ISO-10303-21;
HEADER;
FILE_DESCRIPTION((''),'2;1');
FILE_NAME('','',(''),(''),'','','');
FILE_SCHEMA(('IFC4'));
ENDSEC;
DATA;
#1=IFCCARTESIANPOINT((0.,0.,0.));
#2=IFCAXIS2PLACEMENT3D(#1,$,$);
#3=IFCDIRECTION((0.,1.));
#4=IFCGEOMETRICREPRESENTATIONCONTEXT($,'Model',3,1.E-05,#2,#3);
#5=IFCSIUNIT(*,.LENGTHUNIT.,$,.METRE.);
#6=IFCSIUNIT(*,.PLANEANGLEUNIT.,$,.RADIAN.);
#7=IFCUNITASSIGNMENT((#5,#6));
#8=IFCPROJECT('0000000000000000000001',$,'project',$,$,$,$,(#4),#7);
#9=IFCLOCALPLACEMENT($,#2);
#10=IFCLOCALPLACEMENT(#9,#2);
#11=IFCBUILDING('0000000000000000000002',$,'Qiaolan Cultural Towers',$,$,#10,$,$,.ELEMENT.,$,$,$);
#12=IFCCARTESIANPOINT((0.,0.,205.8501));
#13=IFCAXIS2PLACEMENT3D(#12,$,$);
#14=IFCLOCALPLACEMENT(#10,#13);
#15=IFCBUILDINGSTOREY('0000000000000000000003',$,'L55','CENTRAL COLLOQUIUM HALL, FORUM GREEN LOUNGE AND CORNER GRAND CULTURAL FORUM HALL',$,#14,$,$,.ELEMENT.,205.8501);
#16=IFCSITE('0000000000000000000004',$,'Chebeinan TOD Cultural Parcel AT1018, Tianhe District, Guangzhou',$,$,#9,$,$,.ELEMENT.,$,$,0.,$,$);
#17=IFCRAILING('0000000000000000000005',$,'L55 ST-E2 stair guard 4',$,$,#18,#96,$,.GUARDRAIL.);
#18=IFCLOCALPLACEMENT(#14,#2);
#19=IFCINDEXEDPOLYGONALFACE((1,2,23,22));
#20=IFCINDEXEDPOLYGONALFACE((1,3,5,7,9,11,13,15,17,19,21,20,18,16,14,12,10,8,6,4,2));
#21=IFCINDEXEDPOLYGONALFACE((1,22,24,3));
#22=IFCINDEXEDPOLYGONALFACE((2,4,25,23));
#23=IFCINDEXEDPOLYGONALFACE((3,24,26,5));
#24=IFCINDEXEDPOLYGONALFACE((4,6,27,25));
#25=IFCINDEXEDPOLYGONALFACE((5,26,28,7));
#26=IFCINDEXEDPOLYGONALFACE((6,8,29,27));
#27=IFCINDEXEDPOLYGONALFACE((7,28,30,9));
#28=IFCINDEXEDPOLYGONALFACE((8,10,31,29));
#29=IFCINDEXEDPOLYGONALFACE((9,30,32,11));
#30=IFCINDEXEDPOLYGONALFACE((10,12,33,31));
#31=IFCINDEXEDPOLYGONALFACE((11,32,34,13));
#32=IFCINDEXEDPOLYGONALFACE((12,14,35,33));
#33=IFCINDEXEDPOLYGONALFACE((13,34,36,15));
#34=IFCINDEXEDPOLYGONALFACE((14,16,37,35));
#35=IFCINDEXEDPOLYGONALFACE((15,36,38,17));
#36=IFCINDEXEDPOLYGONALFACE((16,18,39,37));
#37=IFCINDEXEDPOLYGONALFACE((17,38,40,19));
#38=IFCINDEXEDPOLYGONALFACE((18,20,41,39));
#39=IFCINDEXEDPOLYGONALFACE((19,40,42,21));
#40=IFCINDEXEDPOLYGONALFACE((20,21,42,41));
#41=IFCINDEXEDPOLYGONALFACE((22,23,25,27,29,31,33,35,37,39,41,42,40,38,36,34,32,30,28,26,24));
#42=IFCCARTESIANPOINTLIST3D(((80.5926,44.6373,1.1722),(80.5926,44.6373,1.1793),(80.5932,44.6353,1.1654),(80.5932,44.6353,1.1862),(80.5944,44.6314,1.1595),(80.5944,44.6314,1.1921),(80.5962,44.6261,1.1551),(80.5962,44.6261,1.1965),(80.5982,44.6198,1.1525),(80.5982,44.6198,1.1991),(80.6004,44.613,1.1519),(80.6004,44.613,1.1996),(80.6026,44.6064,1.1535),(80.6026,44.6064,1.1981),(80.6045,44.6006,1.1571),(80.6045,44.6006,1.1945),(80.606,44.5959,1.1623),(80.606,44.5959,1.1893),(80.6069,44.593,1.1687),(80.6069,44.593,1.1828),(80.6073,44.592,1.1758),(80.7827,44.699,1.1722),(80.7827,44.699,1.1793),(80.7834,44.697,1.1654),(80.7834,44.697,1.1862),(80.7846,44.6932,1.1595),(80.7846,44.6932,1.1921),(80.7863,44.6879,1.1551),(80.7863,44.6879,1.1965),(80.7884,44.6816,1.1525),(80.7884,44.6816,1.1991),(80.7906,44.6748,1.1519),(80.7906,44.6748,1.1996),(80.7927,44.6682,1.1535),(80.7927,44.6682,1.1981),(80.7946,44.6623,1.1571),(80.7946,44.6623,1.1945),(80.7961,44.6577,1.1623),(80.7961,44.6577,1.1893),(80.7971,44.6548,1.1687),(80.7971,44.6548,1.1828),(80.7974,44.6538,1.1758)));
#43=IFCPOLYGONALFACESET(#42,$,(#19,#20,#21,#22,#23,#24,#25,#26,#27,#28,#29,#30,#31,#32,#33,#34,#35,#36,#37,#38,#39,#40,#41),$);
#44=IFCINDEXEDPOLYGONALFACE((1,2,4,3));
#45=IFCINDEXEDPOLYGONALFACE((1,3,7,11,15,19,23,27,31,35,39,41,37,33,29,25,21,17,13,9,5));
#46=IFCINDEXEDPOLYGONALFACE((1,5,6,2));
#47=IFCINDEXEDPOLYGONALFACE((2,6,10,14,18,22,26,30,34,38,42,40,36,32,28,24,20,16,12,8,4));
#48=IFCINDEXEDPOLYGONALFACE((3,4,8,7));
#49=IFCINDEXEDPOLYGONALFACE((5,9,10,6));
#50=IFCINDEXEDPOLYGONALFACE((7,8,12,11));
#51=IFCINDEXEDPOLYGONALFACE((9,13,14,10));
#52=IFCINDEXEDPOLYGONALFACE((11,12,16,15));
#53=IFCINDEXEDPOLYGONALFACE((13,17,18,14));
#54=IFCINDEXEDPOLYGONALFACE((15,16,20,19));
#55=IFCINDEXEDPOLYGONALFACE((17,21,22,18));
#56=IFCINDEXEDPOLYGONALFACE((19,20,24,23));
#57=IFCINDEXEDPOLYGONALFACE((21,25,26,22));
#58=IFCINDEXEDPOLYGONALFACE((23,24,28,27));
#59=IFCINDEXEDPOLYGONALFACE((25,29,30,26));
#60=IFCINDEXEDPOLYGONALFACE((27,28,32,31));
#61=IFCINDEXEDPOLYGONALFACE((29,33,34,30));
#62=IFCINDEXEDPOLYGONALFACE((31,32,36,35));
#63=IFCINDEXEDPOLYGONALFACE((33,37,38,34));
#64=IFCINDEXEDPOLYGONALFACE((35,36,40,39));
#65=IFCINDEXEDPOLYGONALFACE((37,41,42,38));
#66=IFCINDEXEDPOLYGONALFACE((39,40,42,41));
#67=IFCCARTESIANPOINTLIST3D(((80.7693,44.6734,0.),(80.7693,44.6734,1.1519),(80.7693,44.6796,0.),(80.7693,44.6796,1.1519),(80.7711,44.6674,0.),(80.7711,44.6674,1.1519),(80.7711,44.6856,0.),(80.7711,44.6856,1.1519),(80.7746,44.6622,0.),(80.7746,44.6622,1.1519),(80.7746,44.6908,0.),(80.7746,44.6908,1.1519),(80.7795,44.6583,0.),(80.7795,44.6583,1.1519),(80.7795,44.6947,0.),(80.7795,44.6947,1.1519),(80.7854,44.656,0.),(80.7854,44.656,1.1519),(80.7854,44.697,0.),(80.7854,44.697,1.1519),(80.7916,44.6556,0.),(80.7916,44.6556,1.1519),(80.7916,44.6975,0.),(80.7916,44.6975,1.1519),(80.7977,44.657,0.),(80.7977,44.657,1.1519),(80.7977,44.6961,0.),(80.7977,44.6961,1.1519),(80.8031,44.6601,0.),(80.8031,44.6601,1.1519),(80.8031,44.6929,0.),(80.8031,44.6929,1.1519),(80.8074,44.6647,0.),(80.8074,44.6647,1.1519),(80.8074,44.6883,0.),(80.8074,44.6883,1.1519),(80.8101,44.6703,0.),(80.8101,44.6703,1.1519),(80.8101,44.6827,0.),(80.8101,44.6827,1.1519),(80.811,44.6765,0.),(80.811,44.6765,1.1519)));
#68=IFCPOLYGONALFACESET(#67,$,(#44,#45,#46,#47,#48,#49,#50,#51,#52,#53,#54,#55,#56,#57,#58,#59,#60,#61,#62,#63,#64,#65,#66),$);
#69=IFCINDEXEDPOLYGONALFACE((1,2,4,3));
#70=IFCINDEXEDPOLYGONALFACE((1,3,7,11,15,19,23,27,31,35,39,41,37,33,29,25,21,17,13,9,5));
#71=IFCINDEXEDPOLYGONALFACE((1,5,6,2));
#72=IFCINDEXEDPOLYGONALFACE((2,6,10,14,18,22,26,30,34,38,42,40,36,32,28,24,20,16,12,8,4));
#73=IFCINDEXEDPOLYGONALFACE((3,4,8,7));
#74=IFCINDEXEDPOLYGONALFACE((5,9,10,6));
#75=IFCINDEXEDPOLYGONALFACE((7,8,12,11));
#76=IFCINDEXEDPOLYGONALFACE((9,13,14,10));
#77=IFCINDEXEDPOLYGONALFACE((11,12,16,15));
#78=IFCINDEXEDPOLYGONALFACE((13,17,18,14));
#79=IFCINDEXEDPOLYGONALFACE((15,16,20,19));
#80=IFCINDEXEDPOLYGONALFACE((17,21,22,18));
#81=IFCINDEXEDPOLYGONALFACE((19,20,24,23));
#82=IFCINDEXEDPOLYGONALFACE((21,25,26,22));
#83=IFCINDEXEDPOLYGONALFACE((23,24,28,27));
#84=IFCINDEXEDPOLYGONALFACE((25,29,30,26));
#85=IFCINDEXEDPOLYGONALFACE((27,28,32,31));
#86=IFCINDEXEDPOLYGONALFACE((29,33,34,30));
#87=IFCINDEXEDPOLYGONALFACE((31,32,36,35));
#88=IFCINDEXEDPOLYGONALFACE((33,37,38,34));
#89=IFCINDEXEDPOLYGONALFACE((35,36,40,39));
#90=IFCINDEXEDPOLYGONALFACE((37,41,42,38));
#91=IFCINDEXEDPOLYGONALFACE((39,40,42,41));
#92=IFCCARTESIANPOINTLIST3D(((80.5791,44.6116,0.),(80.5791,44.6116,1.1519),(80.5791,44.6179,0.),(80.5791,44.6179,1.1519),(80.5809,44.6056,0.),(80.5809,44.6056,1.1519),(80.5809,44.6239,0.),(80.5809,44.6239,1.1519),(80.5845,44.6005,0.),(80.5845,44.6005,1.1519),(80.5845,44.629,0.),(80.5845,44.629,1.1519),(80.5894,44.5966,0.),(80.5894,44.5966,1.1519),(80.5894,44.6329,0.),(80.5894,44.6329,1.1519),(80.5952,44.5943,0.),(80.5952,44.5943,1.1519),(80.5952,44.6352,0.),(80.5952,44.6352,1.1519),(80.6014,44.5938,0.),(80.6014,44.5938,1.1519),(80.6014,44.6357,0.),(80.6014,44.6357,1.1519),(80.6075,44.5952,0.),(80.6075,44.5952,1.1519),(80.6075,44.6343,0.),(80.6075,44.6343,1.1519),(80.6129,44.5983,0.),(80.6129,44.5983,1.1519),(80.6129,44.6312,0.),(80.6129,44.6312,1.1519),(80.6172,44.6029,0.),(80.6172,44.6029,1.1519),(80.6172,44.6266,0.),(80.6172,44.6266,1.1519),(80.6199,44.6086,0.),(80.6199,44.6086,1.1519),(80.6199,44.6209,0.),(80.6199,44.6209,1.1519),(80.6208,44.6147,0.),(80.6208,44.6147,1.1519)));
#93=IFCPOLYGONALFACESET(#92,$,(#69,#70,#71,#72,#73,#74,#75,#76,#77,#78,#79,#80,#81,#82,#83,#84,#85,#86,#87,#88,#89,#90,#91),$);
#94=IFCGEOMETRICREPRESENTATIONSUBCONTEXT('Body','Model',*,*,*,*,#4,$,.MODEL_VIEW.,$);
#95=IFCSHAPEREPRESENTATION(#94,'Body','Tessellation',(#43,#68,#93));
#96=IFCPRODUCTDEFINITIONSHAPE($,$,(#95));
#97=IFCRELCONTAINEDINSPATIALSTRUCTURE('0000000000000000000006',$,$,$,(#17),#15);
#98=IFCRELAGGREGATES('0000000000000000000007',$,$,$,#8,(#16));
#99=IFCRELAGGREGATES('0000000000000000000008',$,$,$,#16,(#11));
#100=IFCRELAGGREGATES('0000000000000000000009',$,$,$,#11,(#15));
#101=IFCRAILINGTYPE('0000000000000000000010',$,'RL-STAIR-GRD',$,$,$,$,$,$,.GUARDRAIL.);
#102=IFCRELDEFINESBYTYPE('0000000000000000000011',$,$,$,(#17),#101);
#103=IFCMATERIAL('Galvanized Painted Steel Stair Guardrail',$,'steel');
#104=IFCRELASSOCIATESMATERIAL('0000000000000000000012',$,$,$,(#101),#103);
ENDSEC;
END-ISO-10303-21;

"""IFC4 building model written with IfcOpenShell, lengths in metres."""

from ifc_helpers import new_model, si_unit, direction, frame, origin, origin_2d, place, context, subcontext, project, spatial, circle, extrude, material, type_object, element, save


model = new_model("IFC4")

# Units and contexts
model_context = context("Model", 3, precision=1e-05, world=origin(), true_north=direction((0.0, 1.0)))
body_context = subcontext(model_context, "Body", "Model", "MODEL_VIEW")
ifc_project = project(units=[si_unit("LENGTHUNIT", "METRE"), si_unit("PLANEANGLEUNIT", "RADIAN")], contexts=[model_context])

# Site, building, storey
site_placement = place(None, origin())
site = spatial("IfcSite", under=ifc_project, at=site_placement, Name="Chebeinan TOD Cultural Parcel AT1018, Tianhe District, Guangzhou", CompositionType="ELEMENT", RefElevation=0.0)
building_placement = place(site_placement, origin())
building = spatial("IfcBuilding", under=site, at=building_placement, Name="Qiaolan Cultural Towers", CompositionType="ELEMENT")
storey_placement = place(building_placement, frame((0.0, 0.0, 205.8501)))
storey = spatial("IfcBuildingStorey", under=building, at=storey_placement, Name="L55", Description="CENTRAL COLLOQUIUM HALL, FORUM GREEN LOUNGE AND CORNER GRAND CULTURAL FORUM HALL", CompositionType="ELEMENT", Elevation=205.8501)

# Railing
ifc_material_1 = material(Name="Galvanized Painted Steel Stair Guardrail", Category="steel")
railing_type_1 = type_object("IfcRailingType", Name="RL-STAIR-GRD", PredefinedType="GUARDRAIL", material=ifc_material_1)
railing_1_placement = place(storey_placement, frame((80.79, 44.6765, 0.0)))
element("IfcRailing", 1, at=railing_1_placement, inside=storey, type_object=railing_type_1, Name="L55 ST-E2 stair guard 4", PredefinedType="GUARDRAIL", context=body_context, shape_type="SweptSolid", body=[
    extrude(circle(Radius=0.0239, at=origin_2d()), frame((0.0, 0.0, 1.1758), z_axis=(-0.951097, -0.308893, 0.0), x_axis=(0.308893, -0.951097, 0.0)), (0.0, 0.0, 1.0), 0.2),
    extrude(circle(Radius=0.021, at=origin_2d()), origin(), (0.0, 0.0, 1.0), 1.1519),
    extrude(circle(Radius=0.021, at=origin_2d()), frame((-0.1902, -0.0618, 0.0)), (0.0, 0.0, 1.0), 1.1519),
])

save(model, "model.ifc")
